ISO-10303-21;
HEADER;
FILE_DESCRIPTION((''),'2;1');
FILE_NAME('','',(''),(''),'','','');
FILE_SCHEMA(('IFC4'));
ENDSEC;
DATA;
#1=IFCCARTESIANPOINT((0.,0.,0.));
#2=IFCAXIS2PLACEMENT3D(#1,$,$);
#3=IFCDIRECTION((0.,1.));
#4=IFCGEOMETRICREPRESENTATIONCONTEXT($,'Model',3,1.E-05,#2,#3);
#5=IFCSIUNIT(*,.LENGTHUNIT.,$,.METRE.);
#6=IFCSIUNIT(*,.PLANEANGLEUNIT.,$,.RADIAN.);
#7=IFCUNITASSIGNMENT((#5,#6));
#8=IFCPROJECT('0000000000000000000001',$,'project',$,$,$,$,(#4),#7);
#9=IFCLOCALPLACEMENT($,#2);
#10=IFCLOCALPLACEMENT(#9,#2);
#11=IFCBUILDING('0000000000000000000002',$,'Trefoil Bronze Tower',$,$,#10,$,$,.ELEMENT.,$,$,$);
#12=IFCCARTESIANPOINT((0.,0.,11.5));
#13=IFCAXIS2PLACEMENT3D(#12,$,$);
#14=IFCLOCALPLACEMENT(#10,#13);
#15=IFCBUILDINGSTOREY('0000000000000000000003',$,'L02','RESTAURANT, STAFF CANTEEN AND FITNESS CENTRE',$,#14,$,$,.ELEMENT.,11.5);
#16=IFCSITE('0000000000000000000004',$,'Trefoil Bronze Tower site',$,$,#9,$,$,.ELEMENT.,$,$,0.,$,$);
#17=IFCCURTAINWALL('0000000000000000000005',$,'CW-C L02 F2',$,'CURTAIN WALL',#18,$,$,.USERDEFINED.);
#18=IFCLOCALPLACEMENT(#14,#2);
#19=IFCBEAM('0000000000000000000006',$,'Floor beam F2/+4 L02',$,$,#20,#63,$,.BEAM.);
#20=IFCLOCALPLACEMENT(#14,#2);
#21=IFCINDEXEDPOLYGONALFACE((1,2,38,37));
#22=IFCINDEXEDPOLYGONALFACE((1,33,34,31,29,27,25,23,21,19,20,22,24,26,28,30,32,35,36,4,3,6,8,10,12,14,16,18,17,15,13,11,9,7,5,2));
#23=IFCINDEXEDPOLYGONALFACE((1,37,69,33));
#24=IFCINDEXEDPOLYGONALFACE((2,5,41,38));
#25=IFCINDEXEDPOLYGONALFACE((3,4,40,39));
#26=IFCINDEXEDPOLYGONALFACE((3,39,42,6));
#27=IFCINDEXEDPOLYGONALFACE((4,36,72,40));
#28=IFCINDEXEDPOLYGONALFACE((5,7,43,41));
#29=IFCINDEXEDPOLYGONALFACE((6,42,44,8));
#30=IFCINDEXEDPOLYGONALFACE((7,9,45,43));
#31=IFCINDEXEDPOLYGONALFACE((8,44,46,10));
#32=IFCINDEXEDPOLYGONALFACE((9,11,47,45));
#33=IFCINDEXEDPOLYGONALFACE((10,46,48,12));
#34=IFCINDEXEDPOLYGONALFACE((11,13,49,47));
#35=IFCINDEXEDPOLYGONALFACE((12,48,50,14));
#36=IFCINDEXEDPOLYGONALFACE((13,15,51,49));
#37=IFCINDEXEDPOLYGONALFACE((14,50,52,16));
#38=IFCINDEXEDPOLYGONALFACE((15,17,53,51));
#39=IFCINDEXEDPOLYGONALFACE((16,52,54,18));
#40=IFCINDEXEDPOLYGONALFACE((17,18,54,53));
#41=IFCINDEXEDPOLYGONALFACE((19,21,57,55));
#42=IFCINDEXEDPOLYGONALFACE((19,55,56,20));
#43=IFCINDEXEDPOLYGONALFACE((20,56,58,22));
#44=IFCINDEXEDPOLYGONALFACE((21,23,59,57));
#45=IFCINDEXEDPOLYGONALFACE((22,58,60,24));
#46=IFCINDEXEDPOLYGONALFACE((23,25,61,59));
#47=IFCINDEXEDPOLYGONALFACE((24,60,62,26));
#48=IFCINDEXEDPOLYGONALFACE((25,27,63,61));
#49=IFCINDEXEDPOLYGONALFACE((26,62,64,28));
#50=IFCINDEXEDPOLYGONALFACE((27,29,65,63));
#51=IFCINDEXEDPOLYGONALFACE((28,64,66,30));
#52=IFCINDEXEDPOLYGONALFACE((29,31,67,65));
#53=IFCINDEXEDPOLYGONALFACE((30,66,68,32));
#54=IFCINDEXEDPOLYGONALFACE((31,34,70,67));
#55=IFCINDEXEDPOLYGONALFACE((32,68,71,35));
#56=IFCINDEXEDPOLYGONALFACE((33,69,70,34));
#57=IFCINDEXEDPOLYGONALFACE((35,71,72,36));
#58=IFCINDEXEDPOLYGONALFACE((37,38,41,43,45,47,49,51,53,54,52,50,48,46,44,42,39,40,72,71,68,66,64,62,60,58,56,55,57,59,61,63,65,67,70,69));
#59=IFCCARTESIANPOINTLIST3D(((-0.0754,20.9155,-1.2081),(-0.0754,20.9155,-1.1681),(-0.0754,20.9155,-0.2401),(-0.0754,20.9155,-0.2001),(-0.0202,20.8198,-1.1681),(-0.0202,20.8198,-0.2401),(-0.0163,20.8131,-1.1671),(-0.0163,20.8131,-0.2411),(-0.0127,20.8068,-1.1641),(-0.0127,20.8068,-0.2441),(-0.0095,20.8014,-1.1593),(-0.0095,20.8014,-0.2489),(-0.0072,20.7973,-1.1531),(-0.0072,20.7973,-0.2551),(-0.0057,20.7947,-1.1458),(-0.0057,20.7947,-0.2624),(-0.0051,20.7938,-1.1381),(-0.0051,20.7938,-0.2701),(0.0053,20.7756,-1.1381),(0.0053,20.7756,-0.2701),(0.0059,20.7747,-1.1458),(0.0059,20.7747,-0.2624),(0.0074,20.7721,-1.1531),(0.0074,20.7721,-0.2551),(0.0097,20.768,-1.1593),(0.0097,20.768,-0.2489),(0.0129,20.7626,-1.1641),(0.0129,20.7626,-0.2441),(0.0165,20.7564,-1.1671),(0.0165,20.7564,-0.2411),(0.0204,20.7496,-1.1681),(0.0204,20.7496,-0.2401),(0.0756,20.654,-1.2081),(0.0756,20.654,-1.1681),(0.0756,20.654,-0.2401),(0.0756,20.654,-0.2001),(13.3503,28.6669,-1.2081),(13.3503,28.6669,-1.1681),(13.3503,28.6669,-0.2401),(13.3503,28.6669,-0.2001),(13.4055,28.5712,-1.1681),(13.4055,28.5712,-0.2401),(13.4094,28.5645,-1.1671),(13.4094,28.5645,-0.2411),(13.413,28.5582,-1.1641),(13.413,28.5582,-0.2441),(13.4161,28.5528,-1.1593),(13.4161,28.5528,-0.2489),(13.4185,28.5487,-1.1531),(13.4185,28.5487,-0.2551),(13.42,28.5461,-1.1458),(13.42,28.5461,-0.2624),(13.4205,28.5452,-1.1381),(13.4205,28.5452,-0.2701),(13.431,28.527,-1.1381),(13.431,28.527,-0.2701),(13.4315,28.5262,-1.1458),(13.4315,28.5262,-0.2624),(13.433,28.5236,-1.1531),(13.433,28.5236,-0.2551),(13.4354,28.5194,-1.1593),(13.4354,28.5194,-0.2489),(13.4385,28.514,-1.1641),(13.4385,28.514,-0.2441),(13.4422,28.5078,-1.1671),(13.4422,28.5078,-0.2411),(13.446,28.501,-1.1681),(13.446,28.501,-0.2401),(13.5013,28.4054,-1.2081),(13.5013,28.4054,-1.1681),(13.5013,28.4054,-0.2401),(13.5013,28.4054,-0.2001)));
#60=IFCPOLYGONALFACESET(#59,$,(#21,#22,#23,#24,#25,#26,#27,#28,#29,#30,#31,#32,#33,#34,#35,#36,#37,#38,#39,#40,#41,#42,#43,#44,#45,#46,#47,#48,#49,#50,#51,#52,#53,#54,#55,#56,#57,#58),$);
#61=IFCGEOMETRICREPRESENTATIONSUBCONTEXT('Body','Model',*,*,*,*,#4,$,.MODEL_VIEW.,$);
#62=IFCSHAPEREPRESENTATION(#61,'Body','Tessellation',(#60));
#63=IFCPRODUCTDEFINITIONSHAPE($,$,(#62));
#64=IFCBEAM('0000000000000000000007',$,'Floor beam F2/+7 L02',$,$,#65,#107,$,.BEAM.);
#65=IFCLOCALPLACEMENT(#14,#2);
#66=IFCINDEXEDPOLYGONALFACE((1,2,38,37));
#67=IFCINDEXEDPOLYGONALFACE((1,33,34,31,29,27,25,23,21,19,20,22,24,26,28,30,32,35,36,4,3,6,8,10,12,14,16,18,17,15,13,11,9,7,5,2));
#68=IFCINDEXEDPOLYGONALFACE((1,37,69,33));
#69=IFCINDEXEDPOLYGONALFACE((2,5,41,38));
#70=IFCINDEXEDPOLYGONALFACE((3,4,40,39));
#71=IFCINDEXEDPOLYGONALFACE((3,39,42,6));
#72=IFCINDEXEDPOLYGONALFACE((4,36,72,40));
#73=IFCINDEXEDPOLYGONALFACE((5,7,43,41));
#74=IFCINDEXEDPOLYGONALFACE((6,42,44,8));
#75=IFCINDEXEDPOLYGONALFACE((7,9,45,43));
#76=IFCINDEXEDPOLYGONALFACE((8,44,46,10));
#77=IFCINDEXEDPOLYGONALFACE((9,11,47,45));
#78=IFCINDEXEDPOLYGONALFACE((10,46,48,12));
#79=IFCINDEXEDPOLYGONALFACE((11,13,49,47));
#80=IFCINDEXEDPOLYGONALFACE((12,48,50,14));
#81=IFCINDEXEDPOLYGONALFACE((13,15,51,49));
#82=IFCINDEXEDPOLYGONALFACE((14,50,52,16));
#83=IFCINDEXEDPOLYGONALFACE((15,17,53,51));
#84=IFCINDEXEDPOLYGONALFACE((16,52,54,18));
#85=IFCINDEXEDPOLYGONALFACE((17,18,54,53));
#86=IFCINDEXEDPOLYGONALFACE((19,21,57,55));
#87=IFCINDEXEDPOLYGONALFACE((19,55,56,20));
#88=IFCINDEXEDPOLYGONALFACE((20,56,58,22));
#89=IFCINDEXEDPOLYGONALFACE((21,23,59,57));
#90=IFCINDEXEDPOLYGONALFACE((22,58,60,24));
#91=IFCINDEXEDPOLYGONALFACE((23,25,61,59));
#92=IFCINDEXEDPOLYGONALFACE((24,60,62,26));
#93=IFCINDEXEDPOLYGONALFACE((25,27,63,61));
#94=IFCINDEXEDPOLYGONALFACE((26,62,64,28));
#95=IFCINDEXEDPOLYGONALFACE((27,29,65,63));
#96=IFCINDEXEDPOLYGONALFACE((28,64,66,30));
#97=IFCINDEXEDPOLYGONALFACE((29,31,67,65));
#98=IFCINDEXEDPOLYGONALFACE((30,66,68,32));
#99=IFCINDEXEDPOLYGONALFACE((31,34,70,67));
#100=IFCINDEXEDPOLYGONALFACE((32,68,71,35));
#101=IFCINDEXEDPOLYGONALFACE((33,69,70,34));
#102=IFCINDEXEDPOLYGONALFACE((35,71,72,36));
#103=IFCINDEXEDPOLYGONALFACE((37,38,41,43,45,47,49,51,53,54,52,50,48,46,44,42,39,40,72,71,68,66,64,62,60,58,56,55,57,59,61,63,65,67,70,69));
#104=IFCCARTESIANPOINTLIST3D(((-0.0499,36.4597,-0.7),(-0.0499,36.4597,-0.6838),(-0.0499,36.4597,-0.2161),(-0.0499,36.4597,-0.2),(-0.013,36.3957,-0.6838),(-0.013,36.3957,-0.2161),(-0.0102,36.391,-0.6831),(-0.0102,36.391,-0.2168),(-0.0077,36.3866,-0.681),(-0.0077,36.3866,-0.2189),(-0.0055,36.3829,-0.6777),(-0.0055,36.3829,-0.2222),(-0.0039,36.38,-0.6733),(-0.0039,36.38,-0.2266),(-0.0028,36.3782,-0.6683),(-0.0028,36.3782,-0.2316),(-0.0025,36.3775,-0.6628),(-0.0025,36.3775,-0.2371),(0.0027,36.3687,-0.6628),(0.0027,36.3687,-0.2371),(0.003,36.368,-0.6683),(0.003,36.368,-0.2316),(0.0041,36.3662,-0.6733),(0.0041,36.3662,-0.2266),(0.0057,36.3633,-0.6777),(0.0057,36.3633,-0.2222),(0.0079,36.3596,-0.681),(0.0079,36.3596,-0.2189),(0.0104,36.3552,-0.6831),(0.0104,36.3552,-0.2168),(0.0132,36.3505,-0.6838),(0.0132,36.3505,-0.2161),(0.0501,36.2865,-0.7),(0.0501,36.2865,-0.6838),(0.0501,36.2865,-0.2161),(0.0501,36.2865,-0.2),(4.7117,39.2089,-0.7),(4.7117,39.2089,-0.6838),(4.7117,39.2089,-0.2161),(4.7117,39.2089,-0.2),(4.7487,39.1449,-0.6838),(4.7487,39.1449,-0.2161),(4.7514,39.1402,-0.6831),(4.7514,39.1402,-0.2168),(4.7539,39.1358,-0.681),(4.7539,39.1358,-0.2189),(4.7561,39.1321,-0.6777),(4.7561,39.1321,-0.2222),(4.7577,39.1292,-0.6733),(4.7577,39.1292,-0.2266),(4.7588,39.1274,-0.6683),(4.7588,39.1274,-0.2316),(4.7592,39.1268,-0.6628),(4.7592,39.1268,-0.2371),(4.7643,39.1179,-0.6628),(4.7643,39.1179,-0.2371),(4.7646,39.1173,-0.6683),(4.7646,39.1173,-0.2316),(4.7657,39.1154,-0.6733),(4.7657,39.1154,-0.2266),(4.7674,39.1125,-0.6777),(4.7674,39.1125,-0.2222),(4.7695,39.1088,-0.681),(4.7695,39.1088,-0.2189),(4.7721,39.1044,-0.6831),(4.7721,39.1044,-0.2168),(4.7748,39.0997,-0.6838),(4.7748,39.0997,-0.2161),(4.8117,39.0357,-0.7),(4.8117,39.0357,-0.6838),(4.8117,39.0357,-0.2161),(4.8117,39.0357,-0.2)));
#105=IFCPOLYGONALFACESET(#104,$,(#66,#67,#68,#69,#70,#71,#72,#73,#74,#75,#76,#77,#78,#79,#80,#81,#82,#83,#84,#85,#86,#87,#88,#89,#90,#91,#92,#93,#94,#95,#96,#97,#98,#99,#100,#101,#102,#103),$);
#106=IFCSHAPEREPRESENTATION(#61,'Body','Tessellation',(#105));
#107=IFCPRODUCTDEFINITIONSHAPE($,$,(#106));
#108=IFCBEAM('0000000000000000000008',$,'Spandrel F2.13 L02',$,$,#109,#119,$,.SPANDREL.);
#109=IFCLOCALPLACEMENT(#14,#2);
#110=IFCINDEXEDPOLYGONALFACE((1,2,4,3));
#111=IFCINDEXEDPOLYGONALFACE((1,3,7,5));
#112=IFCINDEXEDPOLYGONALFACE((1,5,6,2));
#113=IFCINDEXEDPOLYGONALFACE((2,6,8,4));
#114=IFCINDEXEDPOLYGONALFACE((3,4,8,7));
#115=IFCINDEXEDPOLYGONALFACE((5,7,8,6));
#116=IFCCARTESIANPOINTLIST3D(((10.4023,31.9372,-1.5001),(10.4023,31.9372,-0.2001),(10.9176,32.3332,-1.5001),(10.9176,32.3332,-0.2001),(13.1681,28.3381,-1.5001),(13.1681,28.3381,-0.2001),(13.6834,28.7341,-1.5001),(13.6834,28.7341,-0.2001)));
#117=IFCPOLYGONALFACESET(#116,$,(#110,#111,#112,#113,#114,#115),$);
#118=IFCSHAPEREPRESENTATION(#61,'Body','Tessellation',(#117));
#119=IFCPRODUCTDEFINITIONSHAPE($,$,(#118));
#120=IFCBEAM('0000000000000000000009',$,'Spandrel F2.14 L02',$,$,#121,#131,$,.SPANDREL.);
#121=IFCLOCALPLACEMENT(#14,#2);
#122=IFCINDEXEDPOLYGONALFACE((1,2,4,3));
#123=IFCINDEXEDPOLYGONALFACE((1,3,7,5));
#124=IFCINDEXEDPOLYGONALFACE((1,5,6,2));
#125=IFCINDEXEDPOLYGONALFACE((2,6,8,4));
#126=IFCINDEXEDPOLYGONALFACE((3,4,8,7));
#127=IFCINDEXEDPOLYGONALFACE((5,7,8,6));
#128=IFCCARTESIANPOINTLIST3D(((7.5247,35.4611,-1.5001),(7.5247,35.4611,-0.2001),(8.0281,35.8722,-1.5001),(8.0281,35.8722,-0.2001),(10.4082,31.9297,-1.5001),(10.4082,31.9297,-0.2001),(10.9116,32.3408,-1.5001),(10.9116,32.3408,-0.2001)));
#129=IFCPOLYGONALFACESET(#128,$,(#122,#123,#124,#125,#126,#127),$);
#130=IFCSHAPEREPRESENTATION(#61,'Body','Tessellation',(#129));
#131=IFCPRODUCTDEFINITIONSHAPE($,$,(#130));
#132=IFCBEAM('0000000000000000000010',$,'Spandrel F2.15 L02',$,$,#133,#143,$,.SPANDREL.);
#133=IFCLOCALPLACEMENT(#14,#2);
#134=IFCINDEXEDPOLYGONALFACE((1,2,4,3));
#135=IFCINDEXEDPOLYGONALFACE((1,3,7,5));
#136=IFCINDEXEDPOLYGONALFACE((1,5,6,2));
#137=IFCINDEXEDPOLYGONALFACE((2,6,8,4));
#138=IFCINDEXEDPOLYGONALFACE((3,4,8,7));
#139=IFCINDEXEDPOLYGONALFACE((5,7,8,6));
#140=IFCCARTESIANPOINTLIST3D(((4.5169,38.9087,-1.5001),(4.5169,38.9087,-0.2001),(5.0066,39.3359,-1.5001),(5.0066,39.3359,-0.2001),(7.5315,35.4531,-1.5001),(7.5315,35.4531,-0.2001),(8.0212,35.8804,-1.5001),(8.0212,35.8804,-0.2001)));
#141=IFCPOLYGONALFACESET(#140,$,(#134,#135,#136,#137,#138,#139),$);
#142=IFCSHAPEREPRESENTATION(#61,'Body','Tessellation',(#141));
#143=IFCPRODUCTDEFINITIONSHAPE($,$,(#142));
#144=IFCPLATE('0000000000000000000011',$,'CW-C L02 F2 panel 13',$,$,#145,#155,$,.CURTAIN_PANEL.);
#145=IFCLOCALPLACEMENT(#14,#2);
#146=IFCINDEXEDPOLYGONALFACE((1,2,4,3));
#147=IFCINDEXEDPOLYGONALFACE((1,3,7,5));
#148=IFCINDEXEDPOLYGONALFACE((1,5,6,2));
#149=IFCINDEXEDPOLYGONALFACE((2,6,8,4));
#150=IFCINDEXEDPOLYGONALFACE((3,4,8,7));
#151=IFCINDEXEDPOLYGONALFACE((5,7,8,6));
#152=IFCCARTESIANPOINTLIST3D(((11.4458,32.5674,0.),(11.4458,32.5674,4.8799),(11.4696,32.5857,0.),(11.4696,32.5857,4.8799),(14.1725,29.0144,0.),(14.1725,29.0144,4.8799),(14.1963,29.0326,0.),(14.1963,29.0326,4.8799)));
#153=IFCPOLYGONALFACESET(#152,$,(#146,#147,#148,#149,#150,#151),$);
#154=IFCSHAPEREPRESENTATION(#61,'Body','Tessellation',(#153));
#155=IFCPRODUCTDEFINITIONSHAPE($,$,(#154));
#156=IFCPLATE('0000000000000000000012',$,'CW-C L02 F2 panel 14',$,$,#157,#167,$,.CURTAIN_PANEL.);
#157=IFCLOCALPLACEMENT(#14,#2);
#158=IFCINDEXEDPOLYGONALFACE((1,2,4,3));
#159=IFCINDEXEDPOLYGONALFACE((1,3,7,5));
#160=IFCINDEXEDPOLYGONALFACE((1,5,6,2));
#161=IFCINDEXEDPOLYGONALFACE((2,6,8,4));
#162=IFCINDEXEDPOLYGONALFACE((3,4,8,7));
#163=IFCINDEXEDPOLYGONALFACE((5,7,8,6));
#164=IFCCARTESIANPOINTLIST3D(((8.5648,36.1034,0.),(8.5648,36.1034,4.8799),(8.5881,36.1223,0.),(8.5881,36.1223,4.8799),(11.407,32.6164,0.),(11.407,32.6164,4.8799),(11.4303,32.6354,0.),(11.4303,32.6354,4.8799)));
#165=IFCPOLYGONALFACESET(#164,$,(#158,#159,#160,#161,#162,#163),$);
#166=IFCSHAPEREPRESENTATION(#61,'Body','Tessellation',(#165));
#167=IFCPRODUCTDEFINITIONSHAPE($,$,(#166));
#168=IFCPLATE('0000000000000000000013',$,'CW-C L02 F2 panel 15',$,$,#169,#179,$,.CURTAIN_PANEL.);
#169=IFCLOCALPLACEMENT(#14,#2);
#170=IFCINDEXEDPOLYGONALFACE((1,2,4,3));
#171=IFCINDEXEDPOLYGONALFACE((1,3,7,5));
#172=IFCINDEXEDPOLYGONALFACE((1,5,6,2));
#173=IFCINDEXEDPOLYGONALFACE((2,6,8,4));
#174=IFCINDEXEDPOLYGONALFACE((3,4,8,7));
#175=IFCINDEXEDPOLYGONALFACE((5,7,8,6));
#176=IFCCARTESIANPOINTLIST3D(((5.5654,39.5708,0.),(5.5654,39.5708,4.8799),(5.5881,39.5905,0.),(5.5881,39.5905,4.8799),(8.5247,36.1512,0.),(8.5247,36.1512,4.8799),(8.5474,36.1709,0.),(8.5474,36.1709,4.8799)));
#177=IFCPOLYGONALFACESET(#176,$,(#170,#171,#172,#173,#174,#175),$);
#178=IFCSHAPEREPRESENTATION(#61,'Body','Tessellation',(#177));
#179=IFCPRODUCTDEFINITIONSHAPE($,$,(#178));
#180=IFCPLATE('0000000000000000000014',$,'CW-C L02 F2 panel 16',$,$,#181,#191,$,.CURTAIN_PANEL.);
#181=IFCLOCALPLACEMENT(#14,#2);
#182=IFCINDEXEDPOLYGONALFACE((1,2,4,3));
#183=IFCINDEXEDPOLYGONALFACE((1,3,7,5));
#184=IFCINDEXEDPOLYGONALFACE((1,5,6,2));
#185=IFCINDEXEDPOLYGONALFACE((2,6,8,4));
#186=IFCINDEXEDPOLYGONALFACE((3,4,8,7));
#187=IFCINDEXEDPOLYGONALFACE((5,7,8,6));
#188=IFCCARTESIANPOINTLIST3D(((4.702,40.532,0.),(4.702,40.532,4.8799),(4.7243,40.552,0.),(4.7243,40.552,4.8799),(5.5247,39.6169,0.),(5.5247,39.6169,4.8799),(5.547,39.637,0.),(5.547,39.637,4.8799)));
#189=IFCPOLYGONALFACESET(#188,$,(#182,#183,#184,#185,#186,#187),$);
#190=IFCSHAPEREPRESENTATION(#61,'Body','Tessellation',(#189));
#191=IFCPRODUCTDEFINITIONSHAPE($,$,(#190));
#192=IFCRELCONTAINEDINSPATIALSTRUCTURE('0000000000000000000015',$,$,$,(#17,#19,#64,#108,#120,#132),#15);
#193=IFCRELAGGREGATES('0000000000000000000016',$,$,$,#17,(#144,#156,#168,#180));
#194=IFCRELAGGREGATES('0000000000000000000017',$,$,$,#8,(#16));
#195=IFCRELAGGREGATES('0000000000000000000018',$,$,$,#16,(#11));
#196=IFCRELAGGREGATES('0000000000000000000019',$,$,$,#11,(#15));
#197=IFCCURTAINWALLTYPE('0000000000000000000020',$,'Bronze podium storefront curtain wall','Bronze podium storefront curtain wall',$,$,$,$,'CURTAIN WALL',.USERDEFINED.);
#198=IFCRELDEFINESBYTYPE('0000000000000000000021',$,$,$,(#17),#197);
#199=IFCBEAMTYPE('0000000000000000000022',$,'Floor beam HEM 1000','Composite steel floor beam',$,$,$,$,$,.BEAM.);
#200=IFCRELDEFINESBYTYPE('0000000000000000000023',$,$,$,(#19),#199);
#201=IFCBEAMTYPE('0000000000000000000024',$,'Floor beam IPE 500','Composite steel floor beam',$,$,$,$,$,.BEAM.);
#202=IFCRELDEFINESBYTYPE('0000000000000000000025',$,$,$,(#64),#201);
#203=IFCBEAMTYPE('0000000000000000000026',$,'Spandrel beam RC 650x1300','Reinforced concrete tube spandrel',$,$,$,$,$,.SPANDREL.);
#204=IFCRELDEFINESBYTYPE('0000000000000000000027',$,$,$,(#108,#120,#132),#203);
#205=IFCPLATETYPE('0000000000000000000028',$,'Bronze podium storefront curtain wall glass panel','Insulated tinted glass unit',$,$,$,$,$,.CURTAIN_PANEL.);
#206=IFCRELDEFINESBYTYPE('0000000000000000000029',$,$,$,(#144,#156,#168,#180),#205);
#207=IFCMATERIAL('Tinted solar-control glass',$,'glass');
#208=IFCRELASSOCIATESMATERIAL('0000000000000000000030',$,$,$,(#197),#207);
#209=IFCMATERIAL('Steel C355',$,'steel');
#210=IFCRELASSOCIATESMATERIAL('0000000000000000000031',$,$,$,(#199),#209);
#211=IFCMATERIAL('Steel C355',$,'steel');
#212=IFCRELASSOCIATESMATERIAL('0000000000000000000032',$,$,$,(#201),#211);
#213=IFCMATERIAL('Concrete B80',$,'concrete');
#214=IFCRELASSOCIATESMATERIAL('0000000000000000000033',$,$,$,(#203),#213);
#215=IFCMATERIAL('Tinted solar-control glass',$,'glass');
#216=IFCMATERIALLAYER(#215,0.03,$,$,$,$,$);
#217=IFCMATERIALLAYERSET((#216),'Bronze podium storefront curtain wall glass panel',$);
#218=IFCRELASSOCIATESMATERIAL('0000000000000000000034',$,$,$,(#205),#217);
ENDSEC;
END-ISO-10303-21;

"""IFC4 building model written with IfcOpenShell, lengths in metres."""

from ifc_helpers import new_model, si_unit, direction, frame, origin, origin_2d, place, context, subcontext, project, spatial, rectangle, i_section, extrude, material, layer, layer_set, material_profile, profile_set, type_object, element, aggregate, save


model = new_model("IFC4")

# Units and contexts
model_context = context("Model", 3, precision=1e-05, world=origin(), true_north=direction((0.0, 1.0)))
body_context = subcontext(model_context, "Body", "Model", "MODEL_VIEW")
ifc_project = project(units=[si_unit("LENGTHUNIT", "METRE"), si_unit("PLANEANGLEUNIT", "RADIAN")], contexts=[model_context])

# Site, building, storey
site_placement = place(None, origin())
site = spatial("IfcSite", under=ifc_project, at=site_placement, Name="Trefoil Bronze Tower site", CompositionType="ELEMENT", RefElevation=0.0)
building_placement = place(site_placement, origin())
building = spatial("IfcBuilding", under=site, at=building_placement, Name="Trefoil Bronze Tower", CompositionType="ELEMENT")
storey_placement = place(building_placement, frame((0.0, 0.0, 11.5)))
storey = spatial("IfcBuildingStorey", under=building, at=storey_placement, Name="L02", Description="RESTAURANT, STAFF CANTEEN AND FITNESS CENTRE", CompositionType="ELEMENT", Elevation=11.5)

# Curtain wall
ifc_material_1 = material(Name="Tinted solar-control glass", Category="glass")
curtain_wall_type_1 = type_object("IfcCurtainWallType", Name="Bronze podium storefront curtain wall", Description="Bronze podium storefront curtain wall", ElementType="CURTAIN WALL", PredefinedType="USERDEFINED", material=ifc_material_1)
curtain_wall_1_placement = place(storey_placement, origin())
curtain_wall_1 = element("IfcCurtainWall", 1, at=curtain_wall_1_placement, inside=storey, type_object=curtain_wall_type_1, Name="CW-C L02 F2", ObjectType="CURTAIN WALL", PredefinedType="USERDEFINED")

# Beams
ifc_material_2 = material(Name="Steel C355", Category="steel")
ifc_material_profile_1 = material_profile(ifc_material_2, i_section(OverallWidth=0.302, OverallDepth=1.0081, WebThickness=0.021, FlangeThickness=0.04, FilletRadius=0.03, at=origin_2d()), Name="HEM 1000")
ifc_profile_set_1 = profile_set([ifc_material_profile_1], Name="Steel C355")
beam_type_1 = type_object("IfcBeamType", Name="Floor beam HEM 1000", Description="Composite steel floor beam", PredefinedType="BEAM", material=ifc_profile_set_1)
beam_1_placement = place(storey_placement, frame((13.4258, 28.5361, -0.7041), z_axis=(-0.866023, -0.500004, 0.0), x_axis=(0.500004, -0.866023, 0.0)))
element("IfcBeam", 2, at=beam_1_placement, inside=storey, type_object=beam_type_1, Name="Floor beam F2/+4 L02", PredefinedType="BEAM", context=body_context, shape_type="SweptSolid", body=[
    extrude(i_section(OverallWidth=0.302, OverallDepth=1.0081, WebThickness=0.021, FlangeThickness=0.04, FilletRadius=0.03, at=origin_2d()), origin(), (0.0, 0.0, 1.0), 15.5027),
])
ifc_material_3 = material(Name="Steel C355", Category="steel")
ifc_material_profile_2 = material_profile(ifc_material_3, i_section(OverallWidth=0.2, OverallDepth=0.5, WebThickness=0.0103, FlangeThickness=0.0161, FilletRadius=0.021, at=origin_2d()), Name="IPE 500")
ifc_profile_set_2 = profile_set([ifc_material_profile_2], Name="Steel C355")
beam_type_2 = type_object("IfcBeamType", Name="Floor beam IPE 500", Description="Composite steel floor beam", PredefinedType="BEAM", material=ifc_profile_set_2)
beam_2_placement = place(storey_placement, frame((4.7617, 39.1223, -0.45), z_axis=(-0.866018, -0.500012, 0.0), x_axis=(0.500012, -0.866018, 0.0)))
element("IfcBeam", 3, at=beam_2_placement, inside=storey, type_object=beam_type_2, Name="Floor beam F2/+7 L02", PredefinedType="BEAM", context=body_context, shape_type="SweptSolid", body=[
    extrude(i_section(OverallWidth=0.2, OverallDepth=0.5, WebThickness=0.0103, FlangeThickness=0.0161, FilletRadius=0.021, at=origin_2d()), origin(), (0.0, 0.0, 1.0), 5.4983),
])
ifc_material_4 = material(Name="Concrete B80", Category="concrete")
ifc_material_profile_3 = material_profile(ifc_material_4, rectangle(XDim=0.6499, YDim=1.3, at=origin_2d()), Name="RC 650x1300")
ifc_profile_set_3 = profile_set([ifc_material_profile_3], Name="Concrete B80")
beam_type_3 = type_object("IfcBeamType", Name="Spandrel beam RC 650x1300", Description="Reinforced concrete tube spandrel", PredefinedType="SPANDREL", material=ifc_profile_set_3)
beam_3_placement = place(storey_placement, frame((13.4258, 28.5361, -0.8501), z_axis=(-0.609339, 0.79291, 0.0), x_axis=(-0.79291, -0.609339, 0.0)))
element("IfcBeam", 4, at=beam_3_placement, inside=storey, type_object=beam_type_3, Name="Spandrel F2.13 L02", PredefinedType="SPANDREL", context=body_context, shape_type="SweptSolid", body=[
    extrude(rectangle(XDim=0.6499, YDim=1.3, at=origin_2d()), origin(), (0.0, 0.0, 1.0), 4.5391),
])
beam_4_placement = place(storey_placement, frame((10.6599, 32.1353, -0.8501), z_axis=(-0.632468, 0.774587, 0.0), x_axis=(-0.774587, -0.632468, 0.0)))
element("IfcBeam", 5, at=beam_4_placement, inside=storey, type_object=beam_type_3, Name="Spandrel F2.14 L02", PredefinedType="SPANDREL", context=body_context, shape_type="SweptSolid", body=[
    extrude(rectangle(XDim=0.6499, YDim=1.3, at=origin_2d()), origin(), (0.0, 0.0, 1.0), 4.5591),
])
beam_5_placement = place(storey_placement, frame((7.7764, 35.6667, -0.8501), z_axis=(-0.657396, 0.753545, 0.0), x_axis=(-0.753545, -0.657396, 0.0)))
element("IfcBeam", 6, at=beam_5_placement, inside=storey, type_object=beam_type_3, Name="Spandrel F2.15 L02", PredefinedType="SPANDREL", context=body_context, shape_type="SweptSolid", body=[
    extrude(rectangle(XDim=0.6499, YDim=1.3, at=origin_2d()), origin(), (0.0, 0.0, 1.0), 4.5857),
])

# Plates
ifc_material_5 = material(Name="Tinted solar-control glass", Category="glass")
ifc_layer_1 = layer(ifc_material_5, 0.03)
ifc_layer_set_1 = layer_set([ifc_layer_1], Name="Bronze podium storefront curtain wall glass panel")
plate_type_1 = type_object("IfcPlateType", Name="Bronze podium storefront curtain wall glass panel", Description="Insulated tinted glass unit", PredefinedType="CURTAIN_PANEL", material=ifc_layer_set_1)
plate_1_placement = place(storey_placement, frame((12.821, 30.8, 0.0), z_axis=(0.0, 0.0, 1.0), x_axis=(-0.608808, 0.793318, 0.0)))
plate_1 = element("IfcPlate", 7, at=plate_1_placement, type_object=plate_type_1, Name="CW-C L02 F2 panel 13", PredefinedType="CURTAIN_PANEL", context=body_context, shape_type="SweptSolid", body=[
    extrude(rectangle(XDim=4.4788, YDim=0.03, at=origin_2d()), origin(), (0.0, 0.0, 1.0), 4.8799),
])
plate_2_placement = place(storey_placement, frame((9.9976, 34.3694, 0.0), z_axis=(0.0, 0.0, 1.0), x_axis=(-0.631811, 0.775123, 0.0)))
plate_2 = element("IfcPlate", 8, at=plate_2_placement, type_object=plate_type_1, Name="CW-C L02 F2 panel 14", PredefinedType="CURTAIN_PANEL", context=body_context, shape_type="SweptSolid", body=[
    extrude(rectangle(XDim=4.4985, YDim=0.03, at=origin_2d()), origin(), (0.0, 0.0, 1.0), 4.8799),
])
plate_3_placement = place(storey_placement, frame((7.0564, 37.8708, 0.0), z_axis=(0.0, 0.0, 1.0), x_axis=(-0.654376, 0.756169, 0.0)))
plate_3 = element("IfcPlate", 9, at=plate_3_placement, type_object=plate_type_1, Name="CW-C L02 F2 panel 15", PredefinedType="CURTAIN_PANEL", context=body_context, shape_type="SweptSolid", body=[
    extrude(rectangle(XDim=4.5222, YDim=0.03, at=origin_2d()), origin(), (0.0, 0.0, 1.0), 4.8799),
])
plate_4_placement = place(storey_placement, frame((5.1245, 40.0845, 0.0), z_axis=(0.0, 0.0, 1.0), x_axis=(-0.668575, 0.743645, 0.0)))
plate_4 = element("IfcPlate", 10, at=plate_4_placement, type_object=plate_type_1, Name="CW-C L02 F2 panel 16", PredefinedType="CURTAIN_PANEL", context=body_context, shape_type="SweptSolid", body=[
    extrude(rectangle(XDim=1.2305, YDim=0.03, at=origin_2d()), origin(), (0.0, 0.0, 1.0), 4.8799),
])
aggregate(curtain_wall_1, [plate_1, plate_2, plate_3, plate_4])

save(model, "model.ifc")
